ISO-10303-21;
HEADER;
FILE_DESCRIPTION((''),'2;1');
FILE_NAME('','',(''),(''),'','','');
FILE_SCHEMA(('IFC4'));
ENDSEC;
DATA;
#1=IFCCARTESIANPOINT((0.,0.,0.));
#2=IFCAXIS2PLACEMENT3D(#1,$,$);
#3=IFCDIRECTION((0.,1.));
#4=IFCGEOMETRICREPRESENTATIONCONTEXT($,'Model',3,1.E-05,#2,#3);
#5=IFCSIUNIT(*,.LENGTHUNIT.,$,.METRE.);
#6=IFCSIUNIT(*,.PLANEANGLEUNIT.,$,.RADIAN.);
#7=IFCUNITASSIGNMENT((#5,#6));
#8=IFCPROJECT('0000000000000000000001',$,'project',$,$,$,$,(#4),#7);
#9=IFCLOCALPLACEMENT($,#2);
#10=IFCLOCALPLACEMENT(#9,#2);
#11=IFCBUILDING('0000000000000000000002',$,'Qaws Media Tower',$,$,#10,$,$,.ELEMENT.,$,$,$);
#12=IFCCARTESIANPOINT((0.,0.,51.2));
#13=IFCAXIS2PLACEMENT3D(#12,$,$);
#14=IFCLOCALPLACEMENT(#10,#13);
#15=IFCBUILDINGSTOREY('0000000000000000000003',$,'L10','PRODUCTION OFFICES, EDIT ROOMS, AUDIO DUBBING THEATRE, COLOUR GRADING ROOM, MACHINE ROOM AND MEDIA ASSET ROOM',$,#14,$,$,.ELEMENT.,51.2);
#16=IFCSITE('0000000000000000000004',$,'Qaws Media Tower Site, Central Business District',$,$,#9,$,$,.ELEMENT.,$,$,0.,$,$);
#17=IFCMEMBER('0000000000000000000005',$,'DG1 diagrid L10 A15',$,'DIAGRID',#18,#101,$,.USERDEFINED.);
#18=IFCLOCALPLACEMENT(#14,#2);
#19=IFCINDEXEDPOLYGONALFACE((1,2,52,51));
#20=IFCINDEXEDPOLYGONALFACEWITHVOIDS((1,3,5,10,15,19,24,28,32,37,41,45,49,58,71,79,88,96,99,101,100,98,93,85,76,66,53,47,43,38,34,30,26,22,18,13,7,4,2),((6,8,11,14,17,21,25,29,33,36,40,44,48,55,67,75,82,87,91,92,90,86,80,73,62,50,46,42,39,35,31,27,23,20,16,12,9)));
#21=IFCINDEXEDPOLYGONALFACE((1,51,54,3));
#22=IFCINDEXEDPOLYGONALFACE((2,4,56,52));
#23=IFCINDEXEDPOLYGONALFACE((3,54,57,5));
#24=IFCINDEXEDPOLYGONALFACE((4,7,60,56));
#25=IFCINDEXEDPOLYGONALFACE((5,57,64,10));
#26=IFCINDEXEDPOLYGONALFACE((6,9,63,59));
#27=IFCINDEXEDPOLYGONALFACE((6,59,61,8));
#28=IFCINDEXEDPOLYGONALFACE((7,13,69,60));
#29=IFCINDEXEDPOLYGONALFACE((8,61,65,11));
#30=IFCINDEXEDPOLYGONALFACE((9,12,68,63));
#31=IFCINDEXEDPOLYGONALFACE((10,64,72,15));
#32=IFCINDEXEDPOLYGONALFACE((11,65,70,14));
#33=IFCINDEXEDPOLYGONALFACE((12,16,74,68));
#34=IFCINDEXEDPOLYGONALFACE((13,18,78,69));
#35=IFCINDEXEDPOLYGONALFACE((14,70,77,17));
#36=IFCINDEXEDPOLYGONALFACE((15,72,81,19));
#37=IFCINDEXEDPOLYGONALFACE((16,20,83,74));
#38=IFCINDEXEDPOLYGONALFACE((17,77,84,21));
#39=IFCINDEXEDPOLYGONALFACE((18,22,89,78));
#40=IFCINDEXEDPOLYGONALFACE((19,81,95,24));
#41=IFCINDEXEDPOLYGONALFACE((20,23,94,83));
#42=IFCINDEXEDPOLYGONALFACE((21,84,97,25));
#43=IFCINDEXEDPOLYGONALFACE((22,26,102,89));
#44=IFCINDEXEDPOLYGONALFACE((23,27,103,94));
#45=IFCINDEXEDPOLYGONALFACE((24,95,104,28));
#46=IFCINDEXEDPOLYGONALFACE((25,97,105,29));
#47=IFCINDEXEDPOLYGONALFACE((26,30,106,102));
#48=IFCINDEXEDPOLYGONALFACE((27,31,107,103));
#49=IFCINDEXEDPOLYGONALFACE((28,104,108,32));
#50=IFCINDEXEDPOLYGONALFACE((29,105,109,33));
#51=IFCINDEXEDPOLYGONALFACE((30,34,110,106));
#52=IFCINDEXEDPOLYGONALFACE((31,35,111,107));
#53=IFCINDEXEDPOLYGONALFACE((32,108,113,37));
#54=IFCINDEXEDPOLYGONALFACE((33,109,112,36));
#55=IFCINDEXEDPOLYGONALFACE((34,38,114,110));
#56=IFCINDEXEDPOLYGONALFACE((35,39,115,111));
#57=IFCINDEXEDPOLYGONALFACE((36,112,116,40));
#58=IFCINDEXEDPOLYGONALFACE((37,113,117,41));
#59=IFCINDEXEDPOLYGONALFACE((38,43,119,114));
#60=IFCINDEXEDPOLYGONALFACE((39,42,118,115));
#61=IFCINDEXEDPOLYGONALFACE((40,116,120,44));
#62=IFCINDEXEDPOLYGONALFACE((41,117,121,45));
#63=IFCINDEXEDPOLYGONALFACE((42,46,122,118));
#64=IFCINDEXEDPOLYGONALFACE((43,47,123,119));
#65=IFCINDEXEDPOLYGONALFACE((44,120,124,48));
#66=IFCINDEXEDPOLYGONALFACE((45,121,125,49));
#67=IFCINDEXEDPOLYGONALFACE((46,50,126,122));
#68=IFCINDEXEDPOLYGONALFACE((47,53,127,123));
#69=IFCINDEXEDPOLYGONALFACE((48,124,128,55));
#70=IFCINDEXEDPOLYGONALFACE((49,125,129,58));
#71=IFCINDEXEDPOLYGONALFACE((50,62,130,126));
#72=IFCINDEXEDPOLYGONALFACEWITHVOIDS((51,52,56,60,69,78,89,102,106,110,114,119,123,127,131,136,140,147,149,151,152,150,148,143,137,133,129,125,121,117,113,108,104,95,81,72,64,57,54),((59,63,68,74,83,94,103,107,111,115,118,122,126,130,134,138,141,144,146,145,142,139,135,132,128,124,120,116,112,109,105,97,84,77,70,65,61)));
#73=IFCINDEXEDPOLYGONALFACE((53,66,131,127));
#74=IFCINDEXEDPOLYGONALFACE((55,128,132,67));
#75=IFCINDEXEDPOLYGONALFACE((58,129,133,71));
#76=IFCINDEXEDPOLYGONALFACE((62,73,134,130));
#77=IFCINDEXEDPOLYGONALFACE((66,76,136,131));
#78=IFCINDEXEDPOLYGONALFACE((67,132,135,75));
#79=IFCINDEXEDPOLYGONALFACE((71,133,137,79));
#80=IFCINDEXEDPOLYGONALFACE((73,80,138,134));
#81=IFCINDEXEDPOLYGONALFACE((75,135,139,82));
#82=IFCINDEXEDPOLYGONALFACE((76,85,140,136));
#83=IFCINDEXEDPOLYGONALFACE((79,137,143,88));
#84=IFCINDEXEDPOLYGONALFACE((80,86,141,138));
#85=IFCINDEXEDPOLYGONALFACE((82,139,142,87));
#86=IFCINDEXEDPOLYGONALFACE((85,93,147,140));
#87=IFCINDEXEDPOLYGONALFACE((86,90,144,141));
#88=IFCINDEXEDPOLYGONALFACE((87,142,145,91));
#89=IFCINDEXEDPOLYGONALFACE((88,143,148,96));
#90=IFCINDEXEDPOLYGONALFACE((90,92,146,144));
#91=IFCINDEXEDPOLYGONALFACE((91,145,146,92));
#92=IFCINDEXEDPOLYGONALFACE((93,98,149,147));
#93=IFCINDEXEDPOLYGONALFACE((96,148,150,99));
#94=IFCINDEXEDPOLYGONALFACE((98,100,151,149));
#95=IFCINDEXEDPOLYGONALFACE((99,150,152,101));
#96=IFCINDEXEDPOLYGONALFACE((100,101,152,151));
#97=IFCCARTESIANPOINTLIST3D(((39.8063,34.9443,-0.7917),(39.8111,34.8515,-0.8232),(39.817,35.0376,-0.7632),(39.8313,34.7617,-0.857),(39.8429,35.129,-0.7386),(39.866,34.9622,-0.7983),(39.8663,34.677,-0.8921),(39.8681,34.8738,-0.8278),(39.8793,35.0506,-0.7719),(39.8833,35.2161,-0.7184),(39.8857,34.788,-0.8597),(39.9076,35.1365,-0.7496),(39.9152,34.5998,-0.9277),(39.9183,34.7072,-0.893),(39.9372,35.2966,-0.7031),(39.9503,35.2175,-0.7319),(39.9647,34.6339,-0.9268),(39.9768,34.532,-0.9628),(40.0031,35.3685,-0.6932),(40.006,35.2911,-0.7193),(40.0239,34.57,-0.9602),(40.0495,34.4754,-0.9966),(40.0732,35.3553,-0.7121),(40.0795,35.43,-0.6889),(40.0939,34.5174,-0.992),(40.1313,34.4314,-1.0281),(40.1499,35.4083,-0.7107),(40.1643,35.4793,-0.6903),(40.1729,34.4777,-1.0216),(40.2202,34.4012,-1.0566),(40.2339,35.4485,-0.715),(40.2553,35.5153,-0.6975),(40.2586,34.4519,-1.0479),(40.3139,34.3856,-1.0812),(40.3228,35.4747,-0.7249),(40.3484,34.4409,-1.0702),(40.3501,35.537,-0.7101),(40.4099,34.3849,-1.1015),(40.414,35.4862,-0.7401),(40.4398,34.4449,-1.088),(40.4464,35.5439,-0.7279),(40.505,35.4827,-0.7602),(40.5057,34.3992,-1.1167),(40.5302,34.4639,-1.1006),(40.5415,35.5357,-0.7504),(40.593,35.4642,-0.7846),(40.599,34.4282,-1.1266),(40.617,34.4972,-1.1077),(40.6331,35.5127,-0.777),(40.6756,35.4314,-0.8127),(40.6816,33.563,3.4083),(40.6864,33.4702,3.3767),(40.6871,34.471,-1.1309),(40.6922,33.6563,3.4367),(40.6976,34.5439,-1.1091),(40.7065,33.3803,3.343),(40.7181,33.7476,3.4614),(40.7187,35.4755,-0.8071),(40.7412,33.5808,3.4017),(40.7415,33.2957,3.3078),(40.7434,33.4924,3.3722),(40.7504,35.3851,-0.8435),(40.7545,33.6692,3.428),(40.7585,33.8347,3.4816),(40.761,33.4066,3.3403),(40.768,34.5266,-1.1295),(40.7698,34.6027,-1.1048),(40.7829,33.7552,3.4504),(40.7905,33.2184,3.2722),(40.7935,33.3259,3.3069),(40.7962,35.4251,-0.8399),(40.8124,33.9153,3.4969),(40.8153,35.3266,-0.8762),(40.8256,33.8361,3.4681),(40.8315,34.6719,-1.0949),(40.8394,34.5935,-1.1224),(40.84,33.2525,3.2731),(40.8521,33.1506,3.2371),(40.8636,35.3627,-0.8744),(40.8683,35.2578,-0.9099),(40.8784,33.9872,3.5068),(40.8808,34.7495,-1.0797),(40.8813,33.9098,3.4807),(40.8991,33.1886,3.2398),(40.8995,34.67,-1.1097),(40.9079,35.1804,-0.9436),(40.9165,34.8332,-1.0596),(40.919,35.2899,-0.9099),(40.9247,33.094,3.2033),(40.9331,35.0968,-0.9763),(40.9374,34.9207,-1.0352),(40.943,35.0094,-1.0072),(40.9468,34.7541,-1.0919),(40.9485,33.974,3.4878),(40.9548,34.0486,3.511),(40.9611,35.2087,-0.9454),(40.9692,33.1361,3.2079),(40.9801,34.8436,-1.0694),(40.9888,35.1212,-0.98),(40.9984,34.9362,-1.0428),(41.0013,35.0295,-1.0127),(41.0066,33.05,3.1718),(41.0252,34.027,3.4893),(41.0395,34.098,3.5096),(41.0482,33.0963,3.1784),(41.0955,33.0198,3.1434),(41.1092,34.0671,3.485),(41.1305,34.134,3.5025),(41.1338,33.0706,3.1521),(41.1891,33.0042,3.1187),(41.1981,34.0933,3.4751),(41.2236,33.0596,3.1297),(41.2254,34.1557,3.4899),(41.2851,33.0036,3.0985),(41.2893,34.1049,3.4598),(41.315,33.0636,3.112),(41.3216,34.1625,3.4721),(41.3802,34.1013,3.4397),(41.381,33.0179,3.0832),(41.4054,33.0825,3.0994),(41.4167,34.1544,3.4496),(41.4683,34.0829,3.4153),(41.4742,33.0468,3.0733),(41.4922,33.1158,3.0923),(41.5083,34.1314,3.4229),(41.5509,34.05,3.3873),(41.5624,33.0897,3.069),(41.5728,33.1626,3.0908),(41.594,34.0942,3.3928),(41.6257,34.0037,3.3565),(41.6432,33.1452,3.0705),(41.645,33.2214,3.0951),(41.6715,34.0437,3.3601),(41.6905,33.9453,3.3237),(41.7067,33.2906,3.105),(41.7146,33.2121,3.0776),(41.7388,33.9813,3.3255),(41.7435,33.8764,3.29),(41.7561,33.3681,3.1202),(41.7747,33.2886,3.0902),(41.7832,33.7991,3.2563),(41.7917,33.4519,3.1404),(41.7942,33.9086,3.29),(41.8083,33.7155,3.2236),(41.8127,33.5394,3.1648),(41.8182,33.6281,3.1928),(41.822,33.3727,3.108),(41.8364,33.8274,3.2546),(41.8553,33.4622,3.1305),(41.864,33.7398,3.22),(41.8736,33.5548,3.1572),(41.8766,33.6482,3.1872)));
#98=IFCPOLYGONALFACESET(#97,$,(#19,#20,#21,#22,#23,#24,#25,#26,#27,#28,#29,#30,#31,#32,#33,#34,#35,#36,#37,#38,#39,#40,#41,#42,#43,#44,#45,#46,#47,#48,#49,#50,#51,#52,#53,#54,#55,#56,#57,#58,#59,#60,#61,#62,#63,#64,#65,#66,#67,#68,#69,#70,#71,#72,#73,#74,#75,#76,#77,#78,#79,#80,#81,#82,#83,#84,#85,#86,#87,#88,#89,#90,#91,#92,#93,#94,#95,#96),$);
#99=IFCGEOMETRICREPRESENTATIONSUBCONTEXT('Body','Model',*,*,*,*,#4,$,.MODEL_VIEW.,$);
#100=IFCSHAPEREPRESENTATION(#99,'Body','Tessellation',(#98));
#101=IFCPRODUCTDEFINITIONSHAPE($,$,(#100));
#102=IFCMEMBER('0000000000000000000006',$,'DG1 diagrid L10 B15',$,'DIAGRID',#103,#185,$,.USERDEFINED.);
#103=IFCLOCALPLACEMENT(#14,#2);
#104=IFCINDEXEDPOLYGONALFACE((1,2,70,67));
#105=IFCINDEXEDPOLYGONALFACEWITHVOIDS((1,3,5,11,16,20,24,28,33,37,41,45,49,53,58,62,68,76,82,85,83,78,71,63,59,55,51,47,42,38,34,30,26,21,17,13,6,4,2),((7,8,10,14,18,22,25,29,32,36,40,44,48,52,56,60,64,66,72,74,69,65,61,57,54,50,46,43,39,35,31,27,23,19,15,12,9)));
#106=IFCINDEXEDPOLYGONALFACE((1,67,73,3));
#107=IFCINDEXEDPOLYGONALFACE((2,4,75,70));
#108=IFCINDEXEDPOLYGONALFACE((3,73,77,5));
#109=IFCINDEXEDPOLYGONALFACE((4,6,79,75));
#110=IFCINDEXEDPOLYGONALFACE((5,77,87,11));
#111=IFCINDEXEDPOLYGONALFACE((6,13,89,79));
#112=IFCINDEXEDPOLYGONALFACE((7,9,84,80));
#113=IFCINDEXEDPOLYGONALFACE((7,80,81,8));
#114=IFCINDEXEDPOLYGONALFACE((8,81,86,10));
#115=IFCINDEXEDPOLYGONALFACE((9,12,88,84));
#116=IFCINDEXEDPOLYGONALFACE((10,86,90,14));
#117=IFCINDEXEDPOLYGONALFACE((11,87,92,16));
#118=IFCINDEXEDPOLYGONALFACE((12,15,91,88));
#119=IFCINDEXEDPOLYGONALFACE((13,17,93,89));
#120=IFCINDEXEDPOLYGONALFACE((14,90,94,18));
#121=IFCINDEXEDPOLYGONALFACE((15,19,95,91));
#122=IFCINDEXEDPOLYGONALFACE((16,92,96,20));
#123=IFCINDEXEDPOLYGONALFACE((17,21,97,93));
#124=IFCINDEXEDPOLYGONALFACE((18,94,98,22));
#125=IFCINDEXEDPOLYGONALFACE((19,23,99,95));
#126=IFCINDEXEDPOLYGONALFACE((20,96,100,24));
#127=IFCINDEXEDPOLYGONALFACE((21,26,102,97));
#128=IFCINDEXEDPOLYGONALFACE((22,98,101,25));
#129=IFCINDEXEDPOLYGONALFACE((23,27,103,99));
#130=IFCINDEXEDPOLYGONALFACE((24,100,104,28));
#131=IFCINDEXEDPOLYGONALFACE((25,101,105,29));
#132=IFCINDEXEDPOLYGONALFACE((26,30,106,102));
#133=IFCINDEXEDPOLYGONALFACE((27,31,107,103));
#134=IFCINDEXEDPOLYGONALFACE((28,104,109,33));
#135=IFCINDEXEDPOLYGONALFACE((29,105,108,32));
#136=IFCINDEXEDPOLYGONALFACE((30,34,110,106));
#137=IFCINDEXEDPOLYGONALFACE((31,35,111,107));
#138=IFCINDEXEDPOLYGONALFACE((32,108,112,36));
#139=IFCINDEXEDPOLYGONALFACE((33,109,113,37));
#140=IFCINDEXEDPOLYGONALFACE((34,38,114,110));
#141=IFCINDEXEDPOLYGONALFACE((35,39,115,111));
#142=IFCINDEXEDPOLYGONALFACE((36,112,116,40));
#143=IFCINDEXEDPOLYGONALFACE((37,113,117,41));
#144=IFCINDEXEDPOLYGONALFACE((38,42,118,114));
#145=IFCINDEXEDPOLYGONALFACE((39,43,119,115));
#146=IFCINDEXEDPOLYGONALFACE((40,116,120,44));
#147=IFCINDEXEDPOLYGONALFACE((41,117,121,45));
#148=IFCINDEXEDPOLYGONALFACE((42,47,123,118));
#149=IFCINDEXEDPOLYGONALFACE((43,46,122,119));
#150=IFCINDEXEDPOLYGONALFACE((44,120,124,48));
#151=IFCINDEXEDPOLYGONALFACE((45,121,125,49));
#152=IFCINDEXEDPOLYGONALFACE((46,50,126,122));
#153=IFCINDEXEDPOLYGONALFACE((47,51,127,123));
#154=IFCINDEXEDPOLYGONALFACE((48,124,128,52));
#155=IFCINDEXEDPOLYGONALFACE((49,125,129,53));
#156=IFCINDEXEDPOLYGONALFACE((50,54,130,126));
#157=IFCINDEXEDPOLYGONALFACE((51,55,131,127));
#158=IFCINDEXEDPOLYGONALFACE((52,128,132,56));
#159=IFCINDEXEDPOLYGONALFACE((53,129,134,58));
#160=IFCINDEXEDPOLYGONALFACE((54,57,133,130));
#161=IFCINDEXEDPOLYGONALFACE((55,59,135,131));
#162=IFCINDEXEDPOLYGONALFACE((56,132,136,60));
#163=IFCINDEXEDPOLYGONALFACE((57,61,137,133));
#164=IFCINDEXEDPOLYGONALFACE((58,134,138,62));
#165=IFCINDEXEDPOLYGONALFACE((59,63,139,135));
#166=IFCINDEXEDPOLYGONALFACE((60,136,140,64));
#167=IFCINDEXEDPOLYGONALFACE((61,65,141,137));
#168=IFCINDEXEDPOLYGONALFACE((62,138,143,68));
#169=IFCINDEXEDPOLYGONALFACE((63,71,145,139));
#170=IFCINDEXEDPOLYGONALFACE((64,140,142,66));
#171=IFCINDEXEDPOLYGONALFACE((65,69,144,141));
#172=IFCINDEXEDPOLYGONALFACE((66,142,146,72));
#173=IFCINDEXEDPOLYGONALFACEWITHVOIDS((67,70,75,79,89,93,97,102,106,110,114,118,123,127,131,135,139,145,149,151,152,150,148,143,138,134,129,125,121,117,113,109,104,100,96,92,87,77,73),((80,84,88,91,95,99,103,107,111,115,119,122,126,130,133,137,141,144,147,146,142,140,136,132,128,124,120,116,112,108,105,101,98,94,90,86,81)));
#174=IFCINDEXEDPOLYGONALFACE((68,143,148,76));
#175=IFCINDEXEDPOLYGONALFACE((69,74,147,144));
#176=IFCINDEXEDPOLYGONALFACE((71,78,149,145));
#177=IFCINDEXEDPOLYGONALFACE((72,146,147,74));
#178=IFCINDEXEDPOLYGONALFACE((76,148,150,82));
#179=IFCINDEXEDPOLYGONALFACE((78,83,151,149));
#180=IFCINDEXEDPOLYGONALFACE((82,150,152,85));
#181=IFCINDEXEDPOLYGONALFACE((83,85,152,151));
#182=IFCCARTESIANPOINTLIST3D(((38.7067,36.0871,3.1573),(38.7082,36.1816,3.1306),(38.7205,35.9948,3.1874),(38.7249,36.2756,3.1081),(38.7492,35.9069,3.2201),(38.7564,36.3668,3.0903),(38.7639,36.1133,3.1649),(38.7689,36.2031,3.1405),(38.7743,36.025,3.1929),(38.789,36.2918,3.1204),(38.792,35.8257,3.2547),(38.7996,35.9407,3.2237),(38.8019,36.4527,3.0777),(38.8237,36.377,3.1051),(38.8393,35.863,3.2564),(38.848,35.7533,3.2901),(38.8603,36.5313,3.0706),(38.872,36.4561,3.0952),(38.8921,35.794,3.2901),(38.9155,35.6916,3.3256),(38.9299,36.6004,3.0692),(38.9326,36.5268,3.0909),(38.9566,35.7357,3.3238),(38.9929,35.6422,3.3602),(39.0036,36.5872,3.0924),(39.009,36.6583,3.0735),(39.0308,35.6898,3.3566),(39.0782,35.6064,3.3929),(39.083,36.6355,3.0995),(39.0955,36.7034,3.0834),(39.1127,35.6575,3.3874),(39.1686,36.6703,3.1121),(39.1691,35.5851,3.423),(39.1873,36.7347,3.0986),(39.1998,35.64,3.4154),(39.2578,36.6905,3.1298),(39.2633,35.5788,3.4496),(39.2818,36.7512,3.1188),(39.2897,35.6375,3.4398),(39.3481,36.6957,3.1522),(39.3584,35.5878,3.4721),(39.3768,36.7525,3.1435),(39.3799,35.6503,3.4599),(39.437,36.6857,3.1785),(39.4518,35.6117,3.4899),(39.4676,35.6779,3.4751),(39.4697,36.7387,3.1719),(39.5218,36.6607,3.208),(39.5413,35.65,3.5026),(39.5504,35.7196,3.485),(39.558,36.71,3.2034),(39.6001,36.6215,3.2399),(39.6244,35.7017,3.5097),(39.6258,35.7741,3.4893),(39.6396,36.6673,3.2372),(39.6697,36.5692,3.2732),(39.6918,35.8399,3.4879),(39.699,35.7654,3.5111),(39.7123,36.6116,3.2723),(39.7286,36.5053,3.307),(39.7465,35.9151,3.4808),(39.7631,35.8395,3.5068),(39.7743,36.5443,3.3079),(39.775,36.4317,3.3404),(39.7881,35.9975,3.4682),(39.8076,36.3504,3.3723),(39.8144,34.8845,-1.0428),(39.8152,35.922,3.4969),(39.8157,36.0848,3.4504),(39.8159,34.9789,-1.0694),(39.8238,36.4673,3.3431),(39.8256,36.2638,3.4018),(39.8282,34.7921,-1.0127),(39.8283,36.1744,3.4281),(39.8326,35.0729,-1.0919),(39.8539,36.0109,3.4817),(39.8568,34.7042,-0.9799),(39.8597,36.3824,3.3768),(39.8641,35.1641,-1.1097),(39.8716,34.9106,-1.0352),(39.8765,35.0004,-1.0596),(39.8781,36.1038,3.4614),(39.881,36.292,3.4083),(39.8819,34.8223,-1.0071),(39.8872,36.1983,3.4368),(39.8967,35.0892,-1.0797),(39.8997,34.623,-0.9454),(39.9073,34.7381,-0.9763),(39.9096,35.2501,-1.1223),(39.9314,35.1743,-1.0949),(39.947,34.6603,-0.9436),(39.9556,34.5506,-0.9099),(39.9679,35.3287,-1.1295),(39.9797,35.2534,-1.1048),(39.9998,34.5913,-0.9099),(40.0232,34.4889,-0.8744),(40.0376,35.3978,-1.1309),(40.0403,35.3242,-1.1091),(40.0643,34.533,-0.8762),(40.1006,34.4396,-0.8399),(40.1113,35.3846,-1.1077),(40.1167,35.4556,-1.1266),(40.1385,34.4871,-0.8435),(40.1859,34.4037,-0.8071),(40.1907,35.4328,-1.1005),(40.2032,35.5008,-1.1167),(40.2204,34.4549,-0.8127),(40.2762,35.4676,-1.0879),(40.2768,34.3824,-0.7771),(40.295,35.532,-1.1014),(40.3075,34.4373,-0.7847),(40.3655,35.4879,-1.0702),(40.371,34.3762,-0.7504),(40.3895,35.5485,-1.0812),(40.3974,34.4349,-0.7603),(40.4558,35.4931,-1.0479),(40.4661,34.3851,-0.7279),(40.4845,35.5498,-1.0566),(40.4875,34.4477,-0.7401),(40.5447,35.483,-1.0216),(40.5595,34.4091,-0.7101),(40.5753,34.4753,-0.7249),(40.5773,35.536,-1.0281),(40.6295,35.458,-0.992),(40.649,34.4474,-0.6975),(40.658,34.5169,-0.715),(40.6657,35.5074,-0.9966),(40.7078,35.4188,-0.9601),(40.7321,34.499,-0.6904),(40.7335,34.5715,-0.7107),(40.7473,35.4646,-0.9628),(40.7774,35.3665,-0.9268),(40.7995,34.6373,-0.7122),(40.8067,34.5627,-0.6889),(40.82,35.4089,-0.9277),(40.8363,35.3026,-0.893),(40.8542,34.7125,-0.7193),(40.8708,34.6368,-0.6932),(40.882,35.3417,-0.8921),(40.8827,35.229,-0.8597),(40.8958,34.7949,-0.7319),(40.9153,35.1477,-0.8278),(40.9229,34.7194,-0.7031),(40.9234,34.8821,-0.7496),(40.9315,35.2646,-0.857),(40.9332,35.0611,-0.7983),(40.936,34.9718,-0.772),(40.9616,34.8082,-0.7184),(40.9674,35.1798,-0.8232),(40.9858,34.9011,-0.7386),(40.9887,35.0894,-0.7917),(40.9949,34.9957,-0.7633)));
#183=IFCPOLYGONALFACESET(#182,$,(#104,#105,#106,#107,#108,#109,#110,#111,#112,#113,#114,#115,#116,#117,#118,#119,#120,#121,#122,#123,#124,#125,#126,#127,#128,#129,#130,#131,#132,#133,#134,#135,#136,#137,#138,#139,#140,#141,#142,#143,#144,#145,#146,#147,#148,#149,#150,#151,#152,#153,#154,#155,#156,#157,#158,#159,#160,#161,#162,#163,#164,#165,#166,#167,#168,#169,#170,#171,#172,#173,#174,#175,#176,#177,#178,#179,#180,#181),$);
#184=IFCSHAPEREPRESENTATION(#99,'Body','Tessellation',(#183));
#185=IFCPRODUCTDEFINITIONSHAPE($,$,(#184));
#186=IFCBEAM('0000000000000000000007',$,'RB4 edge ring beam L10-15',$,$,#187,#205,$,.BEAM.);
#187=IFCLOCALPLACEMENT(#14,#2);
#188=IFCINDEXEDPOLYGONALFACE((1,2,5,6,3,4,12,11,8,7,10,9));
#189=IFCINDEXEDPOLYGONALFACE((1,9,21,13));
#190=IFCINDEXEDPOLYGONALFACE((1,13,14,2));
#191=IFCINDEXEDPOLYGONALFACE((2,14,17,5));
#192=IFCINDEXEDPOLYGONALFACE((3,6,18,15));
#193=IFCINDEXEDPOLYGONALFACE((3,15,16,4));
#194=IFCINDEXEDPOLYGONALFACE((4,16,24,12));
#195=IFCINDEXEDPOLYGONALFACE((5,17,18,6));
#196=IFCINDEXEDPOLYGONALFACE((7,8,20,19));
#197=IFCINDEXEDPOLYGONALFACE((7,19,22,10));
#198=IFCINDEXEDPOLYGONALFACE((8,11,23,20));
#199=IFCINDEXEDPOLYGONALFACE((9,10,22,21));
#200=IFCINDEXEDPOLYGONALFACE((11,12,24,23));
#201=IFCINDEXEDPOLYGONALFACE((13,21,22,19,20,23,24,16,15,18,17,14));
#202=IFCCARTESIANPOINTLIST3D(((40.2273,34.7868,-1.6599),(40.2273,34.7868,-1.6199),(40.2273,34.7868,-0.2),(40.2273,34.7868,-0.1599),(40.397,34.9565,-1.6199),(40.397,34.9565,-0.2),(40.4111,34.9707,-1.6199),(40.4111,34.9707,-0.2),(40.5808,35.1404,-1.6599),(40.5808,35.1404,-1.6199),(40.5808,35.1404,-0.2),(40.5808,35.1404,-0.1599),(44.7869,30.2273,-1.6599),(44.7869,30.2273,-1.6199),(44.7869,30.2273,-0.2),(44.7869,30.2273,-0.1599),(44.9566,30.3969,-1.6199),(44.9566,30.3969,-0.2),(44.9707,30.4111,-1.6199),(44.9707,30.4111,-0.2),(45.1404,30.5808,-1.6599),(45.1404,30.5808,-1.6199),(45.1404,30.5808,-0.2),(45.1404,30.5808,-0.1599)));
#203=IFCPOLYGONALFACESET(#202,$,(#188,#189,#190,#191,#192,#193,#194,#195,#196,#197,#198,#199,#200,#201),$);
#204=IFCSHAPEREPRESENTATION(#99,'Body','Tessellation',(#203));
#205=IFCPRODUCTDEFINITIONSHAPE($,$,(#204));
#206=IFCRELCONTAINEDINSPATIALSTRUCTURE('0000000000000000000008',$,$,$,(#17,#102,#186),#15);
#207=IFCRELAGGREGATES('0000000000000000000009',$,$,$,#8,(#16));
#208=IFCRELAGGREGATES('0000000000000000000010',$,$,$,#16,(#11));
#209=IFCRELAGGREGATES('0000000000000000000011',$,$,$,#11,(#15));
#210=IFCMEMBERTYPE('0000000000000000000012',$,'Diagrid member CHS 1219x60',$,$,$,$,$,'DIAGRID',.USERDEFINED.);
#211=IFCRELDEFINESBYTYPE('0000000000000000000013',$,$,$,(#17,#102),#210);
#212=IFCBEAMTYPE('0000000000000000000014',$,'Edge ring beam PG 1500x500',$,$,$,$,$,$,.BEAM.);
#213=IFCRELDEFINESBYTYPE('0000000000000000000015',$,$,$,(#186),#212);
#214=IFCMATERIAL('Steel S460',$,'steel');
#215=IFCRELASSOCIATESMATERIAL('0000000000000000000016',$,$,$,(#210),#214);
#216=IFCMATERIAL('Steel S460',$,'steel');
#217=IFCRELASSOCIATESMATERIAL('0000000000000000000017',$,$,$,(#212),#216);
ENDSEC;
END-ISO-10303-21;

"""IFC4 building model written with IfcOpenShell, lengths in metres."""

from ifc_helpers import new_model, si_unit, direction, frame, origin, origin_2d, place, context, subcontext, project, spatial, hollow_circle, i_section, extrude, material, material_profile, profile_set, type_object, element, save


model = new_model("IFC4")

# Units and contexts
model_context = context("Model", 3, precision=1e-05, world=origin(), true_north=direction((0.0, 1.0)))
body_context = subcontext(model_context, "Body", "Model", "MODEL_VIEW")
ifc_project = project(units=[si_unit("LENGTHUNIT", "METRE"), si_unit("PLANEANGLEUNIT", "RADIAN")], contexts=[model_context])

# Site, building, storey
site_placement = place(None, origin())
site = spatial("IfcSite", under=ifc_project, at=site_placement, Name="Qaws Media Tower Site, Central Business District", CompositionType="ELEMENT", RefElevation=0.0)
building_placement = place(site_placement, origin())
building = spatial("IfcBuilding", under=site, at=building_placement, Name="Qaws Media Tower", CompositionType="ELEMENT")
storey_placement = place(building_placement, frame((0.0, 0.0, 51.2)))
storey = spatial("IfcBuildingStorey", under=building, at=storey_placement, Name="L10", Description="PRODUCTION OFFICES, EDIT ROOMS, AUDIO DUBBING THEATRE, COLOUR GRADING ROOM, MACHINE ROOM AND MEDIA ASSET ROOM", CompositionType="ELEMENT", Elevation=51.2)

# Members
ifc_material_1 = material(Name="Steel S460", Category="steel")
ifc_material_profile_1 = material_profile(ifc_material_1, hollow_circle(Radius=0.6096, WallThickness=0.0601, at=origin_2d()), Name="CHS 1219x60")
ifc_profile_set_1 = profile_set([ifc_material_profile_1], Name="Steel S460")
member_type_1 = type_object("IfcMemberType", Name="Diagrid member CHS 1219x60", ElementType="DIAGRID", PredefinedType="USERDEFINED", material=ifc_profile_set_1)
for number, where, z_axis, x_axis, name in (
    (1, (40.4041, 34.9636, -0.9099), (0.194193, -0.306484, 0.931857), (0.844711, 0.535223, 0.0), "DG1 diagrid L10 A15"),
    (2, (40.4041, 34.9636, -0.9099), (-0.245767, 0.266839, 0.931877), (-0.735553, -0.677467, 0.0), "DG1 diagrid L10 B15"),
):
    element("IfcMember", number, at=place(storey_placement, frame(where, z_axis=z_axis, x_axis=x_axis)), inside=storey, type_object=member_type_1, Name=name, ObjectType="DIAGRID", PredefinedType="USERDEFINED", context=body_context, shape_type="SweptSolid", body=[
        extrude(hollow_circle(Radius=0.6096, WallThickness=0.0601, at=origin_2d()), origin(), (0.0, 0.0, 1.0), 4.5071),
    ])

# Beam
ifc_material_2 = material(Name="Steel S460", Category="steel")
ifc_material_profile_2 = material_profile(ifc_material_2, i_section(OverallWidth=0.5, OverallDepth=1.5, WebThickness=0.02, FlangeThickness=0.04, at=origin_2d()), Name="PG 1500x500")
ifc_profile_set_2 = profile_set([ifc_material_profile_2], Name="Steel S460")
beam_type_1 = type_object("IfcBeamType", Name="Edge ring beam PG 1500x500", PredefinedType="BEAM", material=ifc_profile_set_2)
beam_1_placement = place(storey_placement, frame((40.4041, 34.9636, -0.9099), z_axis=(0.707107, -0.707107, 0.0), x_axis=(0.707107, 0.707107, 0.0)))
element("IfcBeam", 3, at=beam_1_placement, inside=storey, type_object=beam_type_1, Name="RB4 edge ring beam L10-15", PredefinedType="BEAM", context=body_context, shape_type="SweptSolid", body=[
    extrude(i_section(OverallWidth=0.5, OverallDepth=1.5, WebThickness=0.02, FlangeThickness=0.04, at=origin_2d()), origin(), (0.0, 0.0, 1.0), 6.4482),
])

save(model, "model.ifc")
